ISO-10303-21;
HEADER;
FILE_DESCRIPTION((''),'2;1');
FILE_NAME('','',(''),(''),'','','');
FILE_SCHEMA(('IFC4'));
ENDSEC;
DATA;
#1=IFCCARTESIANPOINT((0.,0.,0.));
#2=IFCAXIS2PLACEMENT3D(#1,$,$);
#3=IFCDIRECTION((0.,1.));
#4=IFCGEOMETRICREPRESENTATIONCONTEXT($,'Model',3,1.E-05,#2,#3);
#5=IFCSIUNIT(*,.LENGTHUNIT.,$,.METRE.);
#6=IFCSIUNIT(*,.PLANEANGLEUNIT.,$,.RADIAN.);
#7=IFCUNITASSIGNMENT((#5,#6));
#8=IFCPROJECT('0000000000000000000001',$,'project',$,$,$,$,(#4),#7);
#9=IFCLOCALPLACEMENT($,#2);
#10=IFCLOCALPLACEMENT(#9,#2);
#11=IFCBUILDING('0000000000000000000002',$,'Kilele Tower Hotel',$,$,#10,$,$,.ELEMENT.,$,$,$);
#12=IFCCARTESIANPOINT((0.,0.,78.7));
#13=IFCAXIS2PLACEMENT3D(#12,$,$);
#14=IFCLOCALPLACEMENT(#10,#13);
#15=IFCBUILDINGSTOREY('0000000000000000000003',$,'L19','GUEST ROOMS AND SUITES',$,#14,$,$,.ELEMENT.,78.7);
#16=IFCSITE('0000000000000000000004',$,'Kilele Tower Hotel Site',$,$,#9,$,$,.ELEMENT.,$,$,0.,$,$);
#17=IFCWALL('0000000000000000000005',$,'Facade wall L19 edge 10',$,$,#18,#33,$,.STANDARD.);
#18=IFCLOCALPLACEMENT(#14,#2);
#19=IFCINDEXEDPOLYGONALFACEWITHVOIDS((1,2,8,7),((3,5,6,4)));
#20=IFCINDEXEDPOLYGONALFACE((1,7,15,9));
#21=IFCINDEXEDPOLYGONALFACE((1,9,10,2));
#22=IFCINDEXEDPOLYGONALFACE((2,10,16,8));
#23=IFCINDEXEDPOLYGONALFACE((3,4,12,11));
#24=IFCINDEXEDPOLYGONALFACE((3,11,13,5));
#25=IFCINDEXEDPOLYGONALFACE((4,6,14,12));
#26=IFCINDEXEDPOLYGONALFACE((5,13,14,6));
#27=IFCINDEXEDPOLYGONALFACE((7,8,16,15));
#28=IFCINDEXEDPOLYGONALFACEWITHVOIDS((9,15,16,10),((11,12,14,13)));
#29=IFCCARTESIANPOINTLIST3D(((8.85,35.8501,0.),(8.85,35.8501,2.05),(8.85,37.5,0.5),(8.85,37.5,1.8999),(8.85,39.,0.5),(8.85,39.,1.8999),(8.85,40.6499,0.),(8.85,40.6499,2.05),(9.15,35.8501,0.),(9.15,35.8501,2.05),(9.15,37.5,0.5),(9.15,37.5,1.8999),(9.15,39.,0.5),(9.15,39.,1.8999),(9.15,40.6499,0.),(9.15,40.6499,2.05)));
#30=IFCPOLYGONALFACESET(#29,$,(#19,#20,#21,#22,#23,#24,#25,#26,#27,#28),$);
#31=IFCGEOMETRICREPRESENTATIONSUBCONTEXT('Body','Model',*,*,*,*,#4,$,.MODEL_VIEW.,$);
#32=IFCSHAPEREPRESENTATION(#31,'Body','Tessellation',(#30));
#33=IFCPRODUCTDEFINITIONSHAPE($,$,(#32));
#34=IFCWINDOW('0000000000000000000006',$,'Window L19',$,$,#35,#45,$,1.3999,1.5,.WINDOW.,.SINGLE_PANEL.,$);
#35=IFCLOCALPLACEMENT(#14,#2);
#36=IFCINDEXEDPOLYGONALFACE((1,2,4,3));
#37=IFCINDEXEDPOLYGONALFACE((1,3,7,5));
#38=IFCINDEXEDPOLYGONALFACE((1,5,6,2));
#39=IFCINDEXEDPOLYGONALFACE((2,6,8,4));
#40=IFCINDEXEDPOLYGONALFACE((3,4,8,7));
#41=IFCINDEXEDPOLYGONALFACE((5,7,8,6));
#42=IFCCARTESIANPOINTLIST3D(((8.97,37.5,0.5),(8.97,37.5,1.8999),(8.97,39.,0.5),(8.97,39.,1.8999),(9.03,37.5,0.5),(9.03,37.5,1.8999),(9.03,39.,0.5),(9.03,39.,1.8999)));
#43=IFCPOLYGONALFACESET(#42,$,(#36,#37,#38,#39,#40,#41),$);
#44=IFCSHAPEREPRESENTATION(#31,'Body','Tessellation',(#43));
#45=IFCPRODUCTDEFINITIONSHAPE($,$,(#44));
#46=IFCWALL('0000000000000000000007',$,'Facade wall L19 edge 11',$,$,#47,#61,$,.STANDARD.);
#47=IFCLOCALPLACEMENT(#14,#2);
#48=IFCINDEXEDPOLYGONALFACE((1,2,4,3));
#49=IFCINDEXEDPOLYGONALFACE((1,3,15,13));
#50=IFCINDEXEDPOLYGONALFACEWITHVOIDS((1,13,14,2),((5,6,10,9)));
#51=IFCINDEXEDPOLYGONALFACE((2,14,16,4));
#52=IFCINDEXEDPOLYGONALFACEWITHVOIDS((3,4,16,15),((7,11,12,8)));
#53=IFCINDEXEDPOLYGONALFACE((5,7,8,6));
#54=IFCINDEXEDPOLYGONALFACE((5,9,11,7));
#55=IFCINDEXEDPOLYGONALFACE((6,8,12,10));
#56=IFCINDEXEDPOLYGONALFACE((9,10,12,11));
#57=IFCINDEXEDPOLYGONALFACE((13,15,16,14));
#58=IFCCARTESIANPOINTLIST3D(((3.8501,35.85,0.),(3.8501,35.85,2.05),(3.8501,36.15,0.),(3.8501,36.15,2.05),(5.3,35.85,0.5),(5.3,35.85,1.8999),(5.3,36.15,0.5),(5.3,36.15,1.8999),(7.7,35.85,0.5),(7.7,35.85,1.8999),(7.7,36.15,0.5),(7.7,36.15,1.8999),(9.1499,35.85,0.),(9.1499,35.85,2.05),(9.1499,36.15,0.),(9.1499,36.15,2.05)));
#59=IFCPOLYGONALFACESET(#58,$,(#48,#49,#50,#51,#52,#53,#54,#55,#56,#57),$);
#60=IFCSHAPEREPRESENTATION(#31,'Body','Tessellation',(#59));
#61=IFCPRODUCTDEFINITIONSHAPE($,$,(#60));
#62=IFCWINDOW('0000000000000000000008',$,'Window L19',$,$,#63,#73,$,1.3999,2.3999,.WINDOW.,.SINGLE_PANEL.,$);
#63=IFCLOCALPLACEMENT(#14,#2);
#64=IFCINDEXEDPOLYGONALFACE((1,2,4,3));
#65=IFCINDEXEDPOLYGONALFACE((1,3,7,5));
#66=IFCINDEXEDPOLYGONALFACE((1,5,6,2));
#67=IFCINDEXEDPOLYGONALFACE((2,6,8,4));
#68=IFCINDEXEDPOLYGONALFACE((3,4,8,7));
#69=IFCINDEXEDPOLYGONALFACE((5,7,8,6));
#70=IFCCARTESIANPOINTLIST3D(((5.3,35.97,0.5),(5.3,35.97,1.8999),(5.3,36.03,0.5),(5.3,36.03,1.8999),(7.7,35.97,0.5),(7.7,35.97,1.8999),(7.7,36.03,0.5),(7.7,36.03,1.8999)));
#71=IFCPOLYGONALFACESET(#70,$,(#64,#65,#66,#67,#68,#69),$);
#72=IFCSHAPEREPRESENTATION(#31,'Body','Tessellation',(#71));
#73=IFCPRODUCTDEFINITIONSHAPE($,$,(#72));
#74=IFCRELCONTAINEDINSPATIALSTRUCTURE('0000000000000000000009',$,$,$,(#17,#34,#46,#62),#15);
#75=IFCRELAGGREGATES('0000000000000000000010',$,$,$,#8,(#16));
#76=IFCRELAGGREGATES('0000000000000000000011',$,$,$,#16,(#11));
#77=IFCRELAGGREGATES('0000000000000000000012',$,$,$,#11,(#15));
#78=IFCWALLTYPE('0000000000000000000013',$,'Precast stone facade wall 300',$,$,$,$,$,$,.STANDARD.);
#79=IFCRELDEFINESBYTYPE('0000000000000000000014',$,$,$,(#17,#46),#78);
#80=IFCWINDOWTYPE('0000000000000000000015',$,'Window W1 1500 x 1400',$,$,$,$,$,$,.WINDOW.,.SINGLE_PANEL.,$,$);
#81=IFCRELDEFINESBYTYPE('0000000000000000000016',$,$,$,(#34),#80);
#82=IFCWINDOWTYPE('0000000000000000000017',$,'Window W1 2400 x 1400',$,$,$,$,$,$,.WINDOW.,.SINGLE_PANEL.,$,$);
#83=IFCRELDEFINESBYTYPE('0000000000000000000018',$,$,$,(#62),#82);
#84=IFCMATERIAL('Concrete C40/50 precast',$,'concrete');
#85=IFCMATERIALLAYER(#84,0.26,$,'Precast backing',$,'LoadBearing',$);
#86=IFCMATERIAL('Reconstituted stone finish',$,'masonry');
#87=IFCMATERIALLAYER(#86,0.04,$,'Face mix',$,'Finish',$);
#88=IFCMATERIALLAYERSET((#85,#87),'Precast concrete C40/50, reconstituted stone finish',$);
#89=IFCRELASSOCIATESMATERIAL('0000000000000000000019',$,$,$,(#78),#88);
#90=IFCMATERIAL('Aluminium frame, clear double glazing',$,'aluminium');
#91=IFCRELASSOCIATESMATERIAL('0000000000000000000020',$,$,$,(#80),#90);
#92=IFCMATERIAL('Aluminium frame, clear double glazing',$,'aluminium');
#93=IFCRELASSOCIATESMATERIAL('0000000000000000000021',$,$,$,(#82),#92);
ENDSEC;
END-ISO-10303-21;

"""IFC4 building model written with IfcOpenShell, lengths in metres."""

from ifc_helpers import new_model, si_unit, direction, frame, frame_2d, origin, place, context, subcontext, project, spatial, rectangle, extrude, material, layer, layer_set, type_object, element, fill, save


model = new_model("IFC4")

# Units and contexts
model_context = context("Model", 3, precision=1e-05, world=origin(), true_north=direction((0.0, 1.0)))
body_context = subcontext(model_context, "Body", "Model", "MODEL_VIEW")
ifc_project = project(units=[si_unit("LENGTHUNIT", "METRE"), si_unit("PLANEANGLEUNIT", "RADIAN")], contexts=[model_context])

# Site, building, storey
site_placement = place(None, origin())
site = spatial("IfcSite", under=ifc_project, at=site_placement, Name="Kilele Tower Hotel Site", CompositionType="ELEMENT", RefElevation=0.0)
building_placement = place(site_placement, origin())
building = spatial("IfcBuilding", under=site, at=building_placement, Name="Kilele Tower Hotel", CompositionType="ELEMENT")
storey_placement = place(building_placement, frame((0.0, 0.0, 78.7)))
storey = spatial("IfcBuildingStorey", under=building, at=storey_placement, Name="L19", Description="GUEST ROOMS AND SUITES", CompositionType="ELEMENT", Elevation=78.7)

# Walls, openings, windows
ifc_material_1 = material(Name="Concrete C40/50 precast", Category="concrete")
ifc_layer_1 = layer(ifc_material_1, 0.26, Name="Precast backing", Category="LoadBearing")
ifc_material_2 = material(Name="Reconstituted stone finish", Category="masonry")
ifc_layer_2 = layer(ifc_material_2, 0.04, Name="Face mix", Category="Finish")
ifc_layer_set_1 = layer_set([ifc_layer_1, ifc_layer_2], Name="Precast concrete C40/50, reconstituted stone finish")
wall_type_1 = type_object("IfcWallType", Name="Precast stone facade wall 300", PredefinedType="STANDARD", material=ifc_layer_set_1)
wall_1_placement = place(storey_placement, frame((9.0, 40.6499, 0.0), z_axis=(0.0, 0.0, 1.0), x_axis=(0.0, -1.0, 0.0)))
wall_1 = element("IfcWall", 1, at=wall_1_placement, inside=storey, type_object=wall_type_1, Name="Facade wall L19 edge 10", PredefinedType="STANDARD", context=body_context, shape_type="SweptSolid", body=[
    extrude(rectangle(XDim=4.7998, YDim=0.3, at=frame_2d((2.3999, 0.0))), origin(), (0.0, 0.0, 1.0), 2.05),
])
opening_1_placement = place(wall_1_placement, frame((1.6499, 0.0, 0.5)))
opening_1 = element("IfcOpeningElement", 2, at=opening_1_placement, cuts=wall_1, PredefinedType="OPENING", context=body_context, shape_type="SweptSolid", body=[
    extrude(rectangle(XDim=1.5, YDim=1.3999, at=frame_2d((0.75, 0.7))), frame((0.0, 0.1599, 0.0), z_axis=(0.0, -1.0, 0.0), x_axis=(1.0, 0.0, 0.0)), (0.0, 0.0, 1.0), 0.3201),
])
ifc_material_3 = material(Name="Aluminium frame, clear double glazing", Category="aluminium")
window_type_1 = type_object("IfcWindowType", Name="Window W1 1500 x 1400", PartitioningType="SINGLE_PANEL", PredefinedType="WINDOW", material=ifc_material_3)
window_1_placement = place(opening_1_placement, origin())
window_1 = element("IfcWindow", 3, at=window_1_placement, inside=storey, type_object=window_type_1, Name="Window L19", OverallHeight=1.3999, OverallWidth=1.5, PartitioningType="SINGLE_PANEL", PredefinedType="WINDOW", context=body_context, shape_type="SweptSolid", body=[
    extrude(rectangle(XDim=1.5, YDim=1.3999, at=frame_2d((0.75, 0.7))), frame((0.0, 0.03, 0.0), z_axis=(0.0, -1.0, 0.0), x_axis=(1.0, 0.0, 0.0)), (0.0, 0.0, 1.0), 0.0601),
])
fill(opening_1, window_1)
wall_2_placement = place(storey_placement, frame((9.1499, 36.0, 0.0), z_axis=(0.0, 0.0, 1.0), x_axis=(-1.0, 0.0, 0.0)))
wall_2 = element("IfcWall", 4, at=wall_2_placement, inside=storey, type_object=wall_type_1, Name="Facade wall L19 edge 11", PredefinedType="STANDARD", context=body_context, shape_type="SweptSolid", body=[
    extrude(rectangle(XDim=5.2998, YDim=0.3, at=frame_2d((2.6499, 0.0))), origin(), (0.0, 0.0, 1.0), 2.05),
])
opening_2_placement = place(wall_2_placement, frame((1.45, 0.0, 0.5)))
opening_2 = element("IfcOpeningElement", 5, at=opening_2_placement, cuts=wall_2, PredefinedType="OPENING", context=body_context, shape_type="SweptSolid", body=[
    extrude(rectangle(XDim=2.3999, YDim=1.3999, at=frame_2d((1.2, 0.7))), frame((0.0, 0.1599, 0.0), z_axis=(0.0, -1.0, 0.0), x_axis=(1.0, 0.0, 0.0)), (0.0, 0.0, 1.0), 0.3201),
])
ifc_material_4 = material(Name="Aluminium frame, clear double glazing", Category="aluminium")
window_type_2 = type_object("IfcWindowType", Name="Window W1 2400 x 1400", PartitioningType="SINGLE_PANEL", PredefinedType="WINDOW", material=ifc_material_4)
window_2_placement = place(opening_2_placement, origin())
window_2 = element("IfcWindow", 6, at=window_2_placement, inside=storey, type_object=window_type_2, Name="Window L19", OverallHeight=1.3999, OverallWidth=2.3999, PartitioningType="SINGLE_PANEL", PredefinedType="WINDOW", context=body_context, shape_type="SweptSolid", body=[
    extrude(rectangle(XDim=2.3999, YDim=1.3999, at=frame_2d((1.2, 0.7))), frame((0.0, 0.03, 0.0), z_axis=(0.0, -1.0, 0.0), x_axis=(1.0, 0.0, 0.0)), (0.0, 0.0, 1.0), 0.0601),
])
fill(opening_2, window_2)

save(model, "model.ifc")
